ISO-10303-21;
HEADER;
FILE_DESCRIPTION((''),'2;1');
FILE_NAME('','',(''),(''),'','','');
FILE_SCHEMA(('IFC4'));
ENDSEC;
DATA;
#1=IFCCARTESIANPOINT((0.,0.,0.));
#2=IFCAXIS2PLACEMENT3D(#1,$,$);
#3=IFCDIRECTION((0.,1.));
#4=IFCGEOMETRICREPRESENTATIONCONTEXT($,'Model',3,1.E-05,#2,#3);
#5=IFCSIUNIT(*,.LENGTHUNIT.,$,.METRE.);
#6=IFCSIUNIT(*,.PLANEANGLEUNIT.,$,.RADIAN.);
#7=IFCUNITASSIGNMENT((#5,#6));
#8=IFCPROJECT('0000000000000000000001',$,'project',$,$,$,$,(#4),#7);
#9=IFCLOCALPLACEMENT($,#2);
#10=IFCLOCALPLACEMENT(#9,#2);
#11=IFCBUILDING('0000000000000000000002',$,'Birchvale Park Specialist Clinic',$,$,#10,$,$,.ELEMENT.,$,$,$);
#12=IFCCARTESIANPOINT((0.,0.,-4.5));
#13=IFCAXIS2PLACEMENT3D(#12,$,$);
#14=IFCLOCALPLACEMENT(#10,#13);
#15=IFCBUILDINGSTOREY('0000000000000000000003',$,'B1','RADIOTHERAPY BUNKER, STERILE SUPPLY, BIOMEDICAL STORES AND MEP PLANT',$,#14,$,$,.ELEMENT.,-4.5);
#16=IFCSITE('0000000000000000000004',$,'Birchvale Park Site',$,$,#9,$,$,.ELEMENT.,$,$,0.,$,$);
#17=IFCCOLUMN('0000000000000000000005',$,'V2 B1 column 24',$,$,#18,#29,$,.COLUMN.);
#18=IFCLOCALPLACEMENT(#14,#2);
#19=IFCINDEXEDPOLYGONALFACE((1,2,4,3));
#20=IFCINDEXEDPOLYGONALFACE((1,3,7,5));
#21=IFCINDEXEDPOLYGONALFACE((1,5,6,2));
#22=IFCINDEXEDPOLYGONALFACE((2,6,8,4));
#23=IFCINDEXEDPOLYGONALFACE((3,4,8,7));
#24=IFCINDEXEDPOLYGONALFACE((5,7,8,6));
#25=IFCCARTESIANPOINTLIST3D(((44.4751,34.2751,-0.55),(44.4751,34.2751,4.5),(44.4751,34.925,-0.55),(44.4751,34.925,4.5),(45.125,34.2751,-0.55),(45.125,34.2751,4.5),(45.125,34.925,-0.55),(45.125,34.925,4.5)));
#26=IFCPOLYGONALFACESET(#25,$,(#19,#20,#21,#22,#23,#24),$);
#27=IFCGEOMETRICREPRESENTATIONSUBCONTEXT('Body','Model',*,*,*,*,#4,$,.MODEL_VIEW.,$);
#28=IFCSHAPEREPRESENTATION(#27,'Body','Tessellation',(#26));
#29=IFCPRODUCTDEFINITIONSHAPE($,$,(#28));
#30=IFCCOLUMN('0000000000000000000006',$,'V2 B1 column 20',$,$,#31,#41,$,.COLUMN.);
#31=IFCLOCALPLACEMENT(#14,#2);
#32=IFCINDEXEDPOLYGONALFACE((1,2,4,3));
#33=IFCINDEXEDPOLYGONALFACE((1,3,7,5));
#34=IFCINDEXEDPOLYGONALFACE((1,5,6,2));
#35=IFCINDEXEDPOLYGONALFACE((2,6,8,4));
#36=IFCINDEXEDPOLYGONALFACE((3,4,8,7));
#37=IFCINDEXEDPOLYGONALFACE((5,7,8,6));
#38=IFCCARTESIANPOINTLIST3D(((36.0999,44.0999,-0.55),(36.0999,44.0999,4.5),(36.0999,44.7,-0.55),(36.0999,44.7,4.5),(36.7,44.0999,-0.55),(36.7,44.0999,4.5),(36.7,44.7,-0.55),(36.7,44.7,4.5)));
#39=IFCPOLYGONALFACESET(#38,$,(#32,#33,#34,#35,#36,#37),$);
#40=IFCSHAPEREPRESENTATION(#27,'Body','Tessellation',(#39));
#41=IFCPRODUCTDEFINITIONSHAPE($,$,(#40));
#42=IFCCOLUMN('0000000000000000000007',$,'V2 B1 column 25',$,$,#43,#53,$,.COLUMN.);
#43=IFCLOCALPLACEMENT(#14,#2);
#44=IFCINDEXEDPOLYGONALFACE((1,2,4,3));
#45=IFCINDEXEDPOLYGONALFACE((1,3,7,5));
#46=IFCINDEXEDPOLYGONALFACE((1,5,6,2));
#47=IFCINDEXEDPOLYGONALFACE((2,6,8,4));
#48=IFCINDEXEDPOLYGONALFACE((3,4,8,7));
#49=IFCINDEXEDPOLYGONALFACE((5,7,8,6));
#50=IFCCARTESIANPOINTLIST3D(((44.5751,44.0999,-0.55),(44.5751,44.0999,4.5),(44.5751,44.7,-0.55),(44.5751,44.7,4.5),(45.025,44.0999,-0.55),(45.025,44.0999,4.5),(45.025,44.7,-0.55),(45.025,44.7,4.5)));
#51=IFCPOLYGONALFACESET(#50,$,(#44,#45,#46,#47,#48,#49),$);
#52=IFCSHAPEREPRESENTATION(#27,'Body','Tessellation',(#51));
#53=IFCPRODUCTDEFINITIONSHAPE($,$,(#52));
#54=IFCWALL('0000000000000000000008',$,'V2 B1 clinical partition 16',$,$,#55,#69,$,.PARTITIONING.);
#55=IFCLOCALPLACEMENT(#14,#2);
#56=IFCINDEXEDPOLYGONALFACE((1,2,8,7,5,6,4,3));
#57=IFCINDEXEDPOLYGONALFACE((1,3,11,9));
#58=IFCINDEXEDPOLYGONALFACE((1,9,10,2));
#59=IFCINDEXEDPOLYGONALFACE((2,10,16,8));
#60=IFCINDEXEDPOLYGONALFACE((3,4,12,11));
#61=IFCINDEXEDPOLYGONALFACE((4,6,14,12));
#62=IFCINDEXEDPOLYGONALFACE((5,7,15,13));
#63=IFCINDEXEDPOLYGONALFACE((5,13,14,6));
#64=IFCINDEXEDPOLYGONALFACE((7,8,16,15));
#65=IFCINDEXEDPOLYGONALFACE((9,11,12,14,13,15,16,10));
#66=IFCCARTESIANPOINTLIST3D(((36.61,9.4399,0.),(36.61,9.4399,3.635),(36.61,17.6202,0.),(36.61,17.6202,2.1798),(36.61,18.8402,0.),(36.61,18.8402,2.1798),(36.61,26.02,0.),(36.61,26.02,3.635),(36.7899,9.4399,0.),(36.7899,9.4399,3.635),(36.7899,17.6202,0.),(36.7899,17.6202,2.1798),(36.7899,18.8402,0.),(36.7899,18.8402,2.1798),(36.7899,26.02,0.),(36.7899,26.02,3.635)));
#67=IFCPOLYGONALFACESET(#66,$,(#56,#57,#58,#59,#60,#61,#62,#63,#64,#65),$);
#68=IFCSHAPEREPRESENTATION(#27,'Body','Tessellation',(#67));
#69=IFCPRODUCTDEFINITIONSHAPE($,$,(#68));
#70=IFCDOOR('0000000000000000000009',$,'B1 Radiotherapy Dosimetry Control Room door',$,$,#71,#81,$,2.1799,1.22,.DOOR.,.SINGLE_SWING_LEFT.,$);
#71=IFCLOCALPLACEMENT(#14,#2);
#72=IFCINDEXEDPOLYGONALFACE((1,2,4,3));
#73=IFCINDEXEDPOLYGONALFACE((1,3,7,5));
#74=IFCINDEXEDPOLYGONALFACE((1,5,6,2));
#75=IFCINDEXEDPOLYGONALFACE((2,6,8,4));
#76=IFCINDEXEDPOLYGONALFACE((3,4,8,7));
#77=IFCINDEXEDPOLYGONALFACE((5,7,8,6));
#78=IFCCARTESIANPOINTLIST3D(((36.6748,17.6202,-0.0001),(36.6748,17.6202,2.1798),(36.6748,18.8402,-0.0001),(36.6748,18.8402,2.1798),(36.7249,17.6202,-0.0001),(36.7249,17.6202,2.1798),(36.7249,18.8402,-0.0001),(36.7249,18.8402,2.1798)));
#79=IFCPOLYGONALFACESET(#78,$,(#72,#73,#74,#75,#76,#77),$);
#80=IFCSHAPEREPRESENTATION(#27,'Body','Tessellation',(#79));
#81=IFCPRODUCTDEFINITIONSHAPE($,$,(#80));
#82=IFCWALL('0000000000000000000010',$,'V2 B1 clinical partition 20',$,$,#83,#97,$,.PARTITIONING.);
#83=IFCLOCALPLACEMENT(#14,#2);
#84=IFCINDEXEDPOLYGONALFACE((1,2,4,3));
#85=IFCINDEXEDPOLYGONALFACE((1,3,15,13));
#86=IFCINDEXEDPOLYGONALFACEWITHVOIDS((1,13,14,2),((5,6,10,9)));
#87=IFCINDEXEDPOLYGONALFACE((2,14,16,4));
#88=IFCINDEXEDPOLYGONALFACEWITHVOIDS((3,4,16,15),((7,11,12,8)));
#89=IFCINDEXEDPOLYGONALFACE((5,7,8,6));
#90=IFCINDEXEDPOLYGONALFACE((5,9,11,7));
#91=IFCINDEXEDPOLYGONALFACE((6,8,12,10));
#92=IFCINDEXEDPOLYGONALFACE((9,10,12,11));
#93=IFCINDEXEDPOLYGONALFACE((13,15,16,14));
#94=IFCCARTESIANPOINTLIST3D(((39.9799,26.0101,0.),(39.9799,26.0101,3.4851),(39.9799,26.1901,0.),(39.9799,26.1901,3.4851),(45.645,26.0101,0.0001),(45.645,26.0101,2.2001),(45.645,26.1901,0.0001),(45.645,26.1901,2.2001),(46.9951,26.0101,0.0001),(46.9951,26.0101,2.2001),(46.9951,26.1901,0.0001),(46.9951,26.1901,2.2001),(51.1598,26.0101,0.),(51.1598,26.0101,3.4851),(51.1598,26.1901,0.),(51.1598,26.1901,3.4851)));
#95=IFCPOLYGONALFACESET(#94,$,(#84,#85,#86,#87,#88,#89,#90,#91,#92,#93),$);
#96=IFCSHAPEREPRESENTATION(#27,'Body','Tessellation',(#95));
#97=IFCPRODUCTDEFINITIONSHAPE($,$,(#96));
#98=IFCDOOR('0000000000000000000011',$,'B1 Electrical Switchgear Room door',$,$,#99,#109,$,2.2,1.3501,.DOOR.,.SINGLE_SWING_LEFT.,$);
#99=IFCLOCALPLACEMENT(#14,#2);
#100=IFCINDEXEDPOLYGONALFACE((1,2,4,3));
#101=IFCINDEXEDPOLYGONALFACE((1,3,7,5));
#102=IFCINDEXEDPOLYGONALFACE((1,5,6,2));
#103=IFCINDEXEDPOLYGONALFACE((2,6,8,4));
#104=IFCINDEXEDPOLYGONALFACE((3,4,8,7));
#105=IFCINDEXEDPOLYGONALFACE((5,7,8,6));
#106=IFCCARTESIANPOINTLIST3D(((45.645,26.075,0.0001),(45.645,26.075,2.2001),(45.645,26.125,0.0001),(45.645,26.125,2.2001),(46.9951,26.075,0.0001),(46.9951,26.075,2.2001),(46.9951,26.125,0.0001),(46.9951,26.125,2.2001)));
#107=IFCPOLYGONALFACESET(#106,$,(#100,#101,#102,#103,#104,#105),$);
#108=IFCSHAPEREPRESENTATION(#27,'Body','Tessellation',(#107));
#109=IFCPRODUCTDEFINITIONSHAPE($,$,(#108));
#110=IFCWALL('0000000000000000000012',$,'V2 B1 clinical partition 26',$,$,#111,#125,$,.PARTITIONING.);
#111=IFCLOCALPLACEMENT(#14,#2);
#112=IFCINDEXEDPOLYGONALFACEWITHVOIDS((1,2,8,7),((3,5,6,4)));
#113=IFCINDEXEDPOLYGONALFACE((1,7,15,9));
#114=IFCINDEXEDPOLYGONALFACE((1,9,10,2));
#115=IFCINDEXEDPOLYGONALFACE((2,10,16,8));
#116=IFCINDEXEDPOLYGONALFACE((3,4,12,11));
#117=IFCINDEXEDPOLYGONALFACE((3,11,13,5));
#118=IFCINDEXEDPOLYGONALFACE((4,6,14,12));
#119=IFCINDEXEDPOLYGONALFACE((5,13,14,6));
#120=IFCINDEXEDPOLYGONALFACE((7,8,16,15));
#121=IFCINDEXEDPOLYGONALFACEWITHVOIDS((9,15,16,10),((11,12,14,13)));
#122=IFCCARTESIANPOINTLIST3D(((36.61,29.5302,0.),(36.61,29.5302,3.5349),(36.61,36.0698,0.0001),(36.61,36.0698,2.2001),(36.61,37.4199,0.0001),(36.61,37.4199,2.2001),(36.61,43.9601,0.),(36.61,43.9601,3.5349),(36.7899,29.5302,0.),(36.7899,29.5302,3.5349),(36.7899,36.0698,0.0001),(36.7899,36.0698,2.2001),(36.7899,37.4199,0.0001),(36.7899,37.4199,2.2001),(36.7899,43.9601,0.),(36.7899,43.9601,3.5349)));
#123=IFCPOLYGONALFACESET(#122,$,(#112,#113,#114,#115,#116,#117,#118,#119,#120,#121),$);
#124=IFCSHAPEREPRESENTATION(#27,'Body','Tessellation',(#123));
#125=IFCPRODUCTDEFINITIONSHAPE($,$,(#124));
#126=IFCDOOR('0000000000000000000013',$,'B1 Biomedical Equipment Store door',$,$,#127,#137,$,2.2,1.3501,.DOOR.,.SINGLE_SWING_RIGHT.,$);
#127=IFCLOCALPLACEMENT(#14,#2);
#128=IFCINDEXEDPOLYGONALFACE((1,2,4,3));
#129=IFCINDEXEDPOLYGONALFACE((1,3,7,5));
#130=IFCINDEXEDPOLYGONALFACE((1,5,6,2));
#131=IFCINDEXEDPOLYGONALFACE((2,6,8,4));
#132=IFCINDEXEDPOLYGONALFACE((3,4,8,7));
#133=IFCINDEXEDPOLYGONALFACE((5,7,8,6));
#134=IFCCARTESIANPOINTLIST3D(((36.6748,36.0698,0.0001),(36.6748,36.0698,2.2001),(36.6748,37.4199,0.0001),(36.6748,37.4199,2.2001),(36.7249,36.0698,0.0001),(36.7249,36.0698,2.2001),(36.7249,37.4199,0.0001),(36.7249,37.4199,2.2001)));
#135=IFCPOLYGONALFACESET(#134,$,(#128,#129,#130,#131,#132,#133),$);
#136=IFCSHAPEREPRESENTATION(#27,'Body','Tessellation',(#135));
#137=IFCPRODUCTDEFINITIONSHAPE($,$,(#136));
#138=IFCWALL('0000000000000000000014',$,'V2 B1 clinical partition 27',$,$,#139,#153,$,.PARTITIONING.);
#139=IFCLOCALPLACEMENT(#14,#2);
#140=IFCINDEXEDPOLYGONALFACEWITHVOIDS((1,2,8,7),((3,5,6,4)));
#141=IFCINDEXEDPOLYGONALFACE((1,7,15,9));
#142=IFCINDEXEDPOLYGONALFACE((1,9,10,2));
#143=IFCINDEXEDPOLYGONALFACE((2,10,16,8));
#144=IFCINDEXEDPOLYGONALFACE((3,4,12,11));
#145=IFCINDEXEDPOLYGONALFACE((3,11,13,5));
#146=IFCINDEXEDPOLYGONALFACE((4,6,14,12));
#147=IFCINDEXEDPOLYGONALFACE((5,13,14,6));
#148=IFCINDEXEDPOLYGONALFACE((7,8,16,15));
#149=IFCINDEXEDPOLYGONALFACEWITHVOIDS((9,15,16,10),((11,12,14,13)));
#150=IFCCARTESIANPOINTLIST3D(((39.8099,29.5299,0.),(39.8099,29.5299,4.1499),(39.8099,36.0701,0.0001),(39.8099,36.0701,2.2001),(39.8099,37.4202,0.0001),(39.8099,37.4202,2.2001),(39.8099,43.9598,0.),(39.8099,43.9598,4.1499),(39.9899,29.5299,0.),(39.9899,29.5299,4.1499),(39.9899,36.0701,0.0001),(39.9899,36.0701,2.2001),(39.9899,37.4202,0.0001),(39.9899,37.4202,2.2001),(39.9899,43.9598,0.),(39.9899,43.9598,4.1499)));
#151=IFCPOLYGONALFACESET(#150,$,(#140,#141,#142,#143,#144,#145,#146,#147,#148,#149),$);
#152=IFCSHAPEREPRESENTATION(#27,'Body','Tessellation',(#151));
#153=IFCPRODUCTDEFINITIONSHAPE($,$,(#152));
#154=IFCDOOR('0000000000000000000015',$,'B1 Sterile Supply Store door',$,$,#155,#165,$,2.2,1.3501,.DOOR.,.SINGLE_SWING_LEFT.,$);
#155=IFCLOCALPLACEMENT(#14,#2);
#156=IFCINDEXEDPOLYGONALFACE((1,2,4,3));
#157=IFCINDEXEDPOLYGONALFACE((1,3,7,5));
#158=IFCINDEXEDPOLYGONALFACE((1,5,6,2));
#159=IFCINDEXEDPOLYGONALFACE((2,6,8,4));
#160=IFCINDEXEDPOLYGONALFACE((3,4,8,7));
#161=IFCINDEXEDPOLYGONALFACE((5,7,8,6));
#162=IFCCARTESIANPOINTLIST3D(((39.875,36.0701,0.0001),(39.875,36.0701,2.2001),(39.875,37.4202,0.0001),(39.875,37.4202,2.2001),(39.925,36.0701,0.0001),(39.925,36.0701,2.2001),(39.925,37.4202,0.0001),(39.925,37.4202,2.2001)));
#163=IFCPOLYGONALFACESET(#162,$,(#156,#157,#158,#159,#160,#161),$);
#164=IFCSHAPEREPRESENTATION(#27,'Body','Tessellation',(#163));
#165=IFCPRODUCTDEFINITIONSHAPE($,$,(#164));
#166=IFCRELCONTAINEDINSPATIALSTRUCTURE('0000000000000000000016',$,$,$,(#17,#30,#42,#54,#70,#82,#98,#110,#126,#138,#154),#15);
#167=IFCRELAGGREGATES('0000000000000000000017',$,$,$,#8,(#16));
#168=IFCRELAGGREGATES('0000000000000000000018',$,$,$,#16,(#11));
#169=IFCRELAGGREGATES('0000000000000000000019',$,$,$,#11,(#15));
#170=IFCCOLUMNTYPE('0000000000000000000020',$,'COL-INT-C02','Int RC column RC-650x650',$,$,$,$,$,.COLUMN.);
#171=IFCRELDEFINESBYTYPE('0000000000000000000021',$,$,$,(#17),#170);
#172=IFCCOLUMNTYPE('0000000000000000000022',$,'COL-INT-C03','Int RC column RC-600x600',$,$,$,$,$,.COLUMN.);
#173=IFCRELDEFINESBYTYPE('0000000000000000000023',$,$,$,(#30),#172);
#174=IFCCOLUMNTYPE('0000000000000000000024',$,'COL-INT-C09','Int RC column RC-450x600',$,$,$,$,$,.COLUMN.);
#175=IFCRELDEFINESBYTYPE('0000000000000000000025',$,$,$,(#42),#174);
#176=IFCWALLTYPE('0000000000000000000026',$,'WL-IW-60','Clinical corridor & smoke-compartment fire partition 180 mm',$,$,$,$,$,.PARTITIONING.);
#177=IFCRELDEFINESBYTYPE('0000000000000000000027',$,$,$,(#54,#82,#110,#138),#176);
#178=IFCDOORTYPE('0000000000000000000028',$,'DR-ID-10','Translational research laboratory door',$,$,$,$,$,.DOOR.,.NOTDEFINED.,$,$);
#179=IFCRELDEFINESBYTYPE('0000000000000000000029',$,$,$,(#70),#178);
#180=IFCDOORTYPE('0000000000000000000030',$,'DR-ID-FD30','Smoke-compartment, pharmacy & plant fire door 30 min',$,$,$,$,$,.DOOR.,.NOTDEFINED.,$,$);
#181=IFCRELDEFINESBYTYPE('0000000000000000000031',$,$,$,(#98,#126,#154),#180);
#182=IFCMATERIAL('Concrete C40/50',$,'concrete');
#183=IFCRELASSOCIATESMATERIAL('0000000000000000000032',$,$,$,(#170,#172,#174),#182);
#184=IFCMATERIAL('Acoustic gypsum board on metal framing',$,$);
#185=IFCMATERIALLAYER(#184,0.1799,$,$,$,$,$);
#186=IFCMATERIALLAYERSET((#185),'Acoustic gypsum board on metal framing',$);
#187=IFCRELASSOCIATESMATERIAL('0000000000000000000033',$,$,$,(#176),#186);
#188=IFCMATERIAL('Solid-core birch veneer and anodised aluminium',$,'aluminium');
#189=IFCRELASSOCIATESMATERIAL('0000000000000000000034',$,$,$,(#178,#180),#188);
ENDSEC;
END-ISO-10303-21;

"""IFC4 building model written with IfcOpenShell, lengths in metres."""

from ifc_helpers import new_model, si_unit, direction, frame, frame_2d, origin, origin_2d, place, context, subcontext, project, spatial, rectangle, extrude, material, layer, layer_set, material_profile, profile_set, type_object, element, fill, save


model = new_model("IFC4")

# Units and contexts
model_context = context("Model", 3, precision=1e-05, world=origin(), true_north=direction((0.0, 1.0)))
body_context = subcontext(model_context, "Body", "Model", "MODEL_VIEW")
ifc_project = project(units=[si_unit("LENGTHUNIT", "METRE"), si_unit("PLANEANGLEUNIT", "RADIAN")], contexts=[model_context])

# Site, building, storey
site_placement = place(None, origin())
site = spatial("IfcSite", under=ifc_project, at=site_placement, Name="Birchvale Park Site", CompositionType="ELEMENT", RefElevation=0.0)
building_placement = place(site_placement, origin())
building = spatial("IfcBuilding", under=site, at=building_placement, Name="Birchvale Park Specialist Clinic", CompositionType="ELEMENT")
storey_placement = place(building_placement, frame((0.0, 0.0, -4.5)))
storey = spatial("IfcBuildingStorey", under=building, at=storey_placement, Name="B1", Description="RADIOTHERAPY BUNKER, STERILE SUPPLY, BIOMEDICAL STORES AND MEP PLANT", CompositionType="ELEMENT", Elevation=-4.5)

# Shared definitions
ifc_material_1 = material(Name="Concrete C40/50", Category="concrete")

# Columns
ifc_material_profile_1 = material_profile(ifc_material_1, rectangle(XDim=0.6499, YDim=0.6499, at=origin_2d()), Name="RC-650x650")
ifc_profile_set_1 = profile_set([ifc_material_profile_1], Name="Concrete C40/50")
column_type_1 = type_object("IfcColumnType", Name="COL-INT-C02", Description="Int RC column RC-650x650", PredefinedType="COLUMN", material=ifc_profile_set_1)
column_1_placement = place(storey_placement, frame((44.8, 34.6001, -0.55), z_axis=(0.0, 0.0, 1.0), x_axis=(1.0, 0.0, 0.0)))
element("IfcColumn", 1, at=column_1_placement, inside=storey, type_object=column_type_1, Name="V2 B1 column 24", PredefinedType="COLUMN", context=body_context, shape_type="SweptSolid", body=[
    extrude(rectangle(XDim=0.6499, YDim=0.6499, at=origin_2d()), origin(), (0.0, 0.0, 1.0), 5.05),
])
ifc_material_profile_2 = material_profile(ifc_material_1, rectangle(XDim=0.6001, YDim=0.6001, at=origin_2d()), Name="RC-600x600")
ifc_profile_set_2 = profile_set([ifc_material_profile_2], Name="Concrete C40/50")
column_type_2 = type_object("IfcColumnType", Name="COL-INT-C03", Description="Int RC column RC-600x600", PredefinedType="COLUMN", material=ifc_profile_set_2)
column_2_placement = place(storey_placement, frame((36.3999, 44.3999, -0.55), z_axis=(0.0, 0.0, 1.0), x_axis=(1.0, 0.0, 0.0)))
element("IfcColumn", 2, at=column_2_placement, inside=storey, type_object=column_type_2, Name="V2 B1 column 20", PredefinedType="COLUMN", context=body_context, shape_type="SweptSolid", body=[
    extrude(rectangle(XDim=0.6001, YDim=0.6001, at=origin_2d()), origin(), (0.0, 0.0, 1.0), 5.05),
])
ifc_material_profile_3 = material_profile(ifc_material_1, rectangle(XDim=0.45, YDim=0.6001, at=origin_2d()), Name="RC-450x600")
ifc_profile_set_3 = profile_set([ifc_material_profile_3], Name="Concrete C40/50")
column_type_3 = type_object("IfcColumnType", Name="COL-INT-C09", Description="Int RC column RC-450x600", PredefinedType="COLUMN", material=ifc_profile_set_3)
column_3_placement = place(storey_placement, frame((44.8, 44.3999, -0.55), z_axis=(0.0, 0.0, 1.0), x_axis=(1.0, 0.0, 0.0)))
element("IfcColumn", 3, at=column_3_placement, inside=storey, type_object=column_type_3, Name="V2 B1 column 25", PredefinedType="COLUMN", context=body_context, shape_type="SweptSolid", body=[
    extrude(rectangle(XDim=0.45, YDim=0.6001, at=origin_2d()), origin(), (0.0, 0.0, 1.0), 5.05),
])

# Walls, openings, doors
ifc_material_2 = material(Name="Acoustic gypsum board on metal framing")
ifc_layer = layer(ifc_material_2, 0.1799)
ifc_layer_set = layer_set([ifc_layer], Name="Acoustic gypsum board on metal framing")
wall_type = type_object("IfcWallType", Name="WL-IW-60", Description="Clinical corridor & smoke-compartment fire partition 180 mm", PredefinedType="PARTITIONING", material=ifc_layer_set)
wall_1_placement = place(storey_placement, frame((36.7, 26.02, 0.0), z_axis=(0.0, 0.0, 1.0), x_axis=(0.0, -1.0, 0.0)))
wall_1 = element("IfcWall", 4, at=wall_1_placement, inside=storey, type_object=wall_type, Name="V2 B1 clinical partition 16", PredefinedType="PARTITIONING", context=body_context, shape_type="SweptSolid", body=[
    extrude(rectangle(XDim=16.5801, YDim=0.1799, at=frame_2d((8.29, 0.0))), origin(), (0.0, 0.0, 1.0), 3.635),
])
opening_1_placement = place(wall_1_placement, frame((7.1799, 0.0, 0.0)))
opening_1 = element("IfcOpeningElement", 5, at=opening_1_placement, cuts=wall_1, PredefinedType="OPENING", context=body_context, shape_type="SweptSolid", body=[
    extrude(rectangle(XDim=1.22, YDim=2.1799, at=frame_2d((0.6099, 1.0898))), frame((0.0, 0.1001, 0.0), z_axis=(0.0, -1.0, 0.0), x_axis=(1.0, 0.0, 0.0)), (0.0, 0.0, 1.0), 0.2),
])
ifc_material_3 = material(Name="Solid-core birch veneer and anodised aluminium", Category="aluminium")
door_type_1 = type_object("IfcDoorType", Name="DR-ID-10", Description="Translational research laboratory door", OperationType="NOTDEFINED", PredefinedType="DOOR", material=ifc_material_3)
door_1_placement = place(opening_1_placement, origin())
door_1 = element("IfcDoor", 6, at=door_1_placement, inside=storey, type_object=door_type_1, Name="B1 Radiotherapy Dosimetry Control Room door", OperationType="SINGLE_SWING_LEFT", OverallHeight=2.1799, OverallWidth=1.22, PredefinedType="DOOR", context=body_context, shape_type="SweptSolid", body=[
    extrude(rectangle(XDim=1.22, YDim=2.1799, at=frame_2d((0.6099, 1.0898))), frame((0.0, 0.0249, 0.0), z_axis=(0.0, -1.0, 0.0), x_axis=(1.0, 0.0, 0.0)), (0.0, 0.0, 1.0), 0.05),
])
fill(opening_1, door_1)
wall_2_placement = place(storey_placement, frame((39.98, 26.1001, 0.0), z_axis=(0.0, 0.0, 1.0), x_axis=(1.0, 0.0, 0.0)))
wall_2 = element("IfcWall", 7, at=wall_2_placement, inside=storey, type_object=wall_type, Name="V2 B1 clinical partition 20", PredefinedType="PARTITIONING", context=body_context, shape_type="SweptSolid", body=[
    extrude(rectangle(XDim=11.1799, YDim=0.1799, at=frame_2d((5.5898, 0.0))), origin(), (0.0, 0.0, 1.0), 3.4851),
])
opening_2_placement = place(wall_2_placement, frame((5.665, 0.0, 0.0)))
opening_2 = element("IfcOpeningElement", 8, at=opening_2_placement, cuts=wall_2, PredefinedType="OPENING", context=body_context, shape_type="SweptSolid", body=[
    extrude(rectangle(XDim=1.3501, YDim=2.2, at=frame_2d((0.675, 1.1001))), frame((0.0, 0.1001, 0.0), z_axis=(0.0, -1.0, 0.0), x_axis=(1.0, 0.0, 0.0)), (0.0, 0.0, 1.0), 0.2),
])
door_type_2 = type_object("IfcDoorType", Name="DR-ID-FD30", Description="Smoke-compartment, pharmacy & plant fire door 30 min", OperationType="NOTDEFINED", PredefinedType="DOOR", material=ifc_material_3)
door_2_placement = place(opening_2_placement, origin())
door_2 = element("IfcDoor", 9, at=door_2_placement, inside=storey, type_object=door_type_2, Name="B1 Electrical Switchgear Room door", OperationType="SINGLE_SWING_LEFT", OverallHeight=2.2, OverallWidth=1.3501, PredefinedType="DOOR", context=body_context, shape_type="SweptSolid", body=[
    extrude(rectangle(XDim=1.3501, YDim=2.2, at=frame_2d((0.675, 1.1001))), frame((0.0, 0.0249, 0.0), z_axis=(0.0, -1.0, 0.0), x_axis=(1.0, 0.0, 0.0)), (0.0, 0.0, 1.0), 0.05),
])
fill(opening_2, door_2)
wall_3_placement = place(storey_placement, frame((36.7, 43.96, 0.0), z_axis=(0.0, 0.0, 1.0), x_axis=(0.0, -1.0, 0.0)))
wall_3 = element("IfcWall", 10, at=wall_3_placement, inside=storey, type_object=wall_type, Name="V2 B1 clinical partition 26", PredefinedType="PARTITIONING", context=body_context, shape_type="SweptSolid", body=[
    extrude(rectangle(XDim=14.4299, YDim=0.1799, at=frame_2d((7.2148, 0.0))), origin(), (0.0, 0.0, 1.0), 3.5349),
])
opening_3_placement = place(wall_3_placement, frame((6.54, 0.0, 0.0)))
opening_3 = element("IfcOpeningElement", 11, at=opening_3_placement, cuts=wall_3, PredefinedType="OPENING", context=body_context, shape_type="SweptSolid", body=[
    extrude(rectangle(XDim=1.3501, YDim=2.2, at=frame_2d((0.675, 1.1001))), frame((0.0, 0.1001, 0.0), z_axis=(0.0, -1.0, 0.0), x_axis=(1.0, 0.0, 0.0)), (0.0, 0.0, 1.0), 0.2),
])
door_3_placement = place(opening_3_placement, origin())
door_3 = element("IfcDoor", 12, at=door_3_placement, inside=storey, type_object=door_type_2, Name="B1 Biomedical Equipment Store door", OperationType="SINGLE_SWING_RIGHT", OverallHeight=2.2, OverallWidth=1.3501, PredefinedType="DOOR", context=body_context, shape_type="SweptSolid", body=[
    extrude(rectangle(XDim=1.3501, YDim=2.2, at=frame_2d((0.675, 1.1001))), frame((0.0, 0.0249, 0.0), z_axis=(0.0, -1.0, 0.0), x_axis=(1.0, 0.0, 0.0)), (0.0, 0.0, 1.0), 0.05),
])
fill(opening_3, door_3)
wall_4_placement = place(storey_placement, frame((39.8999, 29.53, 0.0), z_axis=(0.0, 0.0, 1.0), x_axis=(0.0, 1.0, 0.0)))
wall_4 = element("IfcWall", 13, at=wall_4_placement, inside=storey, type_object=wall_type, Name="V2 B1 clinical partition 27", PredefinedType="PARTITIONING", context=body_context, shape_type="SweptSolid", body=[
    extrude(rectangle(XDim=14.4299, YDim=0.1799, at=frame_2d((7.2148, 0.0))), origin(), (0.0, 0.0, 1.0), 4.1499),
])
opening_4_placement = place(wall_4_placement, frame((6.54, 0.0, 0.0)))
opening_4 = element("IfcOpeningElement", 14, at=opening_4_placement, cuts=wall_4, PredefinedType="OPENING", context=body_context, shape_type="SweptSolid", body=[
    extrude(rectangle(XDim=1.3501, YDim=2.2, at=frame_2d((0.675, 1.1001))), frame((0.0, 0.1001, 0.0), z_axis=(0.0, -1.0, 0.0), x_axis=(1.0, 0.0, 0.0)), (0.0, 0.0, 1.0), 0.2),
])
door_4_placement = place(opening_4_placement, origin())
door_4 = element("IfcDoor", 15, at=door_4_placement, inside=storey, type_object=door_type_2, Name="B1 Sterile Supply Store door", OperationType="SINGLE_SWING_LEFT", OverallHeight=2.2, OverallWidth=1.3501, PredefinedType="DOOR", context=body_context, shape_type="SweptSolid", body=[
    extrude(rectangle(XDim=1.3501, YDim=2.2, at=frame_2d((0.675, 1.1001))), frame((0.0, 0.0249, 0.0), z_axis=(0.0, -1.0, 0.0), x_axis=(1.0, 0.0, 0.0)), (0.0, 0.0, 1.0), 0.05),
])
fill(opening_4, door_4)

save(model, "model.ifc")
